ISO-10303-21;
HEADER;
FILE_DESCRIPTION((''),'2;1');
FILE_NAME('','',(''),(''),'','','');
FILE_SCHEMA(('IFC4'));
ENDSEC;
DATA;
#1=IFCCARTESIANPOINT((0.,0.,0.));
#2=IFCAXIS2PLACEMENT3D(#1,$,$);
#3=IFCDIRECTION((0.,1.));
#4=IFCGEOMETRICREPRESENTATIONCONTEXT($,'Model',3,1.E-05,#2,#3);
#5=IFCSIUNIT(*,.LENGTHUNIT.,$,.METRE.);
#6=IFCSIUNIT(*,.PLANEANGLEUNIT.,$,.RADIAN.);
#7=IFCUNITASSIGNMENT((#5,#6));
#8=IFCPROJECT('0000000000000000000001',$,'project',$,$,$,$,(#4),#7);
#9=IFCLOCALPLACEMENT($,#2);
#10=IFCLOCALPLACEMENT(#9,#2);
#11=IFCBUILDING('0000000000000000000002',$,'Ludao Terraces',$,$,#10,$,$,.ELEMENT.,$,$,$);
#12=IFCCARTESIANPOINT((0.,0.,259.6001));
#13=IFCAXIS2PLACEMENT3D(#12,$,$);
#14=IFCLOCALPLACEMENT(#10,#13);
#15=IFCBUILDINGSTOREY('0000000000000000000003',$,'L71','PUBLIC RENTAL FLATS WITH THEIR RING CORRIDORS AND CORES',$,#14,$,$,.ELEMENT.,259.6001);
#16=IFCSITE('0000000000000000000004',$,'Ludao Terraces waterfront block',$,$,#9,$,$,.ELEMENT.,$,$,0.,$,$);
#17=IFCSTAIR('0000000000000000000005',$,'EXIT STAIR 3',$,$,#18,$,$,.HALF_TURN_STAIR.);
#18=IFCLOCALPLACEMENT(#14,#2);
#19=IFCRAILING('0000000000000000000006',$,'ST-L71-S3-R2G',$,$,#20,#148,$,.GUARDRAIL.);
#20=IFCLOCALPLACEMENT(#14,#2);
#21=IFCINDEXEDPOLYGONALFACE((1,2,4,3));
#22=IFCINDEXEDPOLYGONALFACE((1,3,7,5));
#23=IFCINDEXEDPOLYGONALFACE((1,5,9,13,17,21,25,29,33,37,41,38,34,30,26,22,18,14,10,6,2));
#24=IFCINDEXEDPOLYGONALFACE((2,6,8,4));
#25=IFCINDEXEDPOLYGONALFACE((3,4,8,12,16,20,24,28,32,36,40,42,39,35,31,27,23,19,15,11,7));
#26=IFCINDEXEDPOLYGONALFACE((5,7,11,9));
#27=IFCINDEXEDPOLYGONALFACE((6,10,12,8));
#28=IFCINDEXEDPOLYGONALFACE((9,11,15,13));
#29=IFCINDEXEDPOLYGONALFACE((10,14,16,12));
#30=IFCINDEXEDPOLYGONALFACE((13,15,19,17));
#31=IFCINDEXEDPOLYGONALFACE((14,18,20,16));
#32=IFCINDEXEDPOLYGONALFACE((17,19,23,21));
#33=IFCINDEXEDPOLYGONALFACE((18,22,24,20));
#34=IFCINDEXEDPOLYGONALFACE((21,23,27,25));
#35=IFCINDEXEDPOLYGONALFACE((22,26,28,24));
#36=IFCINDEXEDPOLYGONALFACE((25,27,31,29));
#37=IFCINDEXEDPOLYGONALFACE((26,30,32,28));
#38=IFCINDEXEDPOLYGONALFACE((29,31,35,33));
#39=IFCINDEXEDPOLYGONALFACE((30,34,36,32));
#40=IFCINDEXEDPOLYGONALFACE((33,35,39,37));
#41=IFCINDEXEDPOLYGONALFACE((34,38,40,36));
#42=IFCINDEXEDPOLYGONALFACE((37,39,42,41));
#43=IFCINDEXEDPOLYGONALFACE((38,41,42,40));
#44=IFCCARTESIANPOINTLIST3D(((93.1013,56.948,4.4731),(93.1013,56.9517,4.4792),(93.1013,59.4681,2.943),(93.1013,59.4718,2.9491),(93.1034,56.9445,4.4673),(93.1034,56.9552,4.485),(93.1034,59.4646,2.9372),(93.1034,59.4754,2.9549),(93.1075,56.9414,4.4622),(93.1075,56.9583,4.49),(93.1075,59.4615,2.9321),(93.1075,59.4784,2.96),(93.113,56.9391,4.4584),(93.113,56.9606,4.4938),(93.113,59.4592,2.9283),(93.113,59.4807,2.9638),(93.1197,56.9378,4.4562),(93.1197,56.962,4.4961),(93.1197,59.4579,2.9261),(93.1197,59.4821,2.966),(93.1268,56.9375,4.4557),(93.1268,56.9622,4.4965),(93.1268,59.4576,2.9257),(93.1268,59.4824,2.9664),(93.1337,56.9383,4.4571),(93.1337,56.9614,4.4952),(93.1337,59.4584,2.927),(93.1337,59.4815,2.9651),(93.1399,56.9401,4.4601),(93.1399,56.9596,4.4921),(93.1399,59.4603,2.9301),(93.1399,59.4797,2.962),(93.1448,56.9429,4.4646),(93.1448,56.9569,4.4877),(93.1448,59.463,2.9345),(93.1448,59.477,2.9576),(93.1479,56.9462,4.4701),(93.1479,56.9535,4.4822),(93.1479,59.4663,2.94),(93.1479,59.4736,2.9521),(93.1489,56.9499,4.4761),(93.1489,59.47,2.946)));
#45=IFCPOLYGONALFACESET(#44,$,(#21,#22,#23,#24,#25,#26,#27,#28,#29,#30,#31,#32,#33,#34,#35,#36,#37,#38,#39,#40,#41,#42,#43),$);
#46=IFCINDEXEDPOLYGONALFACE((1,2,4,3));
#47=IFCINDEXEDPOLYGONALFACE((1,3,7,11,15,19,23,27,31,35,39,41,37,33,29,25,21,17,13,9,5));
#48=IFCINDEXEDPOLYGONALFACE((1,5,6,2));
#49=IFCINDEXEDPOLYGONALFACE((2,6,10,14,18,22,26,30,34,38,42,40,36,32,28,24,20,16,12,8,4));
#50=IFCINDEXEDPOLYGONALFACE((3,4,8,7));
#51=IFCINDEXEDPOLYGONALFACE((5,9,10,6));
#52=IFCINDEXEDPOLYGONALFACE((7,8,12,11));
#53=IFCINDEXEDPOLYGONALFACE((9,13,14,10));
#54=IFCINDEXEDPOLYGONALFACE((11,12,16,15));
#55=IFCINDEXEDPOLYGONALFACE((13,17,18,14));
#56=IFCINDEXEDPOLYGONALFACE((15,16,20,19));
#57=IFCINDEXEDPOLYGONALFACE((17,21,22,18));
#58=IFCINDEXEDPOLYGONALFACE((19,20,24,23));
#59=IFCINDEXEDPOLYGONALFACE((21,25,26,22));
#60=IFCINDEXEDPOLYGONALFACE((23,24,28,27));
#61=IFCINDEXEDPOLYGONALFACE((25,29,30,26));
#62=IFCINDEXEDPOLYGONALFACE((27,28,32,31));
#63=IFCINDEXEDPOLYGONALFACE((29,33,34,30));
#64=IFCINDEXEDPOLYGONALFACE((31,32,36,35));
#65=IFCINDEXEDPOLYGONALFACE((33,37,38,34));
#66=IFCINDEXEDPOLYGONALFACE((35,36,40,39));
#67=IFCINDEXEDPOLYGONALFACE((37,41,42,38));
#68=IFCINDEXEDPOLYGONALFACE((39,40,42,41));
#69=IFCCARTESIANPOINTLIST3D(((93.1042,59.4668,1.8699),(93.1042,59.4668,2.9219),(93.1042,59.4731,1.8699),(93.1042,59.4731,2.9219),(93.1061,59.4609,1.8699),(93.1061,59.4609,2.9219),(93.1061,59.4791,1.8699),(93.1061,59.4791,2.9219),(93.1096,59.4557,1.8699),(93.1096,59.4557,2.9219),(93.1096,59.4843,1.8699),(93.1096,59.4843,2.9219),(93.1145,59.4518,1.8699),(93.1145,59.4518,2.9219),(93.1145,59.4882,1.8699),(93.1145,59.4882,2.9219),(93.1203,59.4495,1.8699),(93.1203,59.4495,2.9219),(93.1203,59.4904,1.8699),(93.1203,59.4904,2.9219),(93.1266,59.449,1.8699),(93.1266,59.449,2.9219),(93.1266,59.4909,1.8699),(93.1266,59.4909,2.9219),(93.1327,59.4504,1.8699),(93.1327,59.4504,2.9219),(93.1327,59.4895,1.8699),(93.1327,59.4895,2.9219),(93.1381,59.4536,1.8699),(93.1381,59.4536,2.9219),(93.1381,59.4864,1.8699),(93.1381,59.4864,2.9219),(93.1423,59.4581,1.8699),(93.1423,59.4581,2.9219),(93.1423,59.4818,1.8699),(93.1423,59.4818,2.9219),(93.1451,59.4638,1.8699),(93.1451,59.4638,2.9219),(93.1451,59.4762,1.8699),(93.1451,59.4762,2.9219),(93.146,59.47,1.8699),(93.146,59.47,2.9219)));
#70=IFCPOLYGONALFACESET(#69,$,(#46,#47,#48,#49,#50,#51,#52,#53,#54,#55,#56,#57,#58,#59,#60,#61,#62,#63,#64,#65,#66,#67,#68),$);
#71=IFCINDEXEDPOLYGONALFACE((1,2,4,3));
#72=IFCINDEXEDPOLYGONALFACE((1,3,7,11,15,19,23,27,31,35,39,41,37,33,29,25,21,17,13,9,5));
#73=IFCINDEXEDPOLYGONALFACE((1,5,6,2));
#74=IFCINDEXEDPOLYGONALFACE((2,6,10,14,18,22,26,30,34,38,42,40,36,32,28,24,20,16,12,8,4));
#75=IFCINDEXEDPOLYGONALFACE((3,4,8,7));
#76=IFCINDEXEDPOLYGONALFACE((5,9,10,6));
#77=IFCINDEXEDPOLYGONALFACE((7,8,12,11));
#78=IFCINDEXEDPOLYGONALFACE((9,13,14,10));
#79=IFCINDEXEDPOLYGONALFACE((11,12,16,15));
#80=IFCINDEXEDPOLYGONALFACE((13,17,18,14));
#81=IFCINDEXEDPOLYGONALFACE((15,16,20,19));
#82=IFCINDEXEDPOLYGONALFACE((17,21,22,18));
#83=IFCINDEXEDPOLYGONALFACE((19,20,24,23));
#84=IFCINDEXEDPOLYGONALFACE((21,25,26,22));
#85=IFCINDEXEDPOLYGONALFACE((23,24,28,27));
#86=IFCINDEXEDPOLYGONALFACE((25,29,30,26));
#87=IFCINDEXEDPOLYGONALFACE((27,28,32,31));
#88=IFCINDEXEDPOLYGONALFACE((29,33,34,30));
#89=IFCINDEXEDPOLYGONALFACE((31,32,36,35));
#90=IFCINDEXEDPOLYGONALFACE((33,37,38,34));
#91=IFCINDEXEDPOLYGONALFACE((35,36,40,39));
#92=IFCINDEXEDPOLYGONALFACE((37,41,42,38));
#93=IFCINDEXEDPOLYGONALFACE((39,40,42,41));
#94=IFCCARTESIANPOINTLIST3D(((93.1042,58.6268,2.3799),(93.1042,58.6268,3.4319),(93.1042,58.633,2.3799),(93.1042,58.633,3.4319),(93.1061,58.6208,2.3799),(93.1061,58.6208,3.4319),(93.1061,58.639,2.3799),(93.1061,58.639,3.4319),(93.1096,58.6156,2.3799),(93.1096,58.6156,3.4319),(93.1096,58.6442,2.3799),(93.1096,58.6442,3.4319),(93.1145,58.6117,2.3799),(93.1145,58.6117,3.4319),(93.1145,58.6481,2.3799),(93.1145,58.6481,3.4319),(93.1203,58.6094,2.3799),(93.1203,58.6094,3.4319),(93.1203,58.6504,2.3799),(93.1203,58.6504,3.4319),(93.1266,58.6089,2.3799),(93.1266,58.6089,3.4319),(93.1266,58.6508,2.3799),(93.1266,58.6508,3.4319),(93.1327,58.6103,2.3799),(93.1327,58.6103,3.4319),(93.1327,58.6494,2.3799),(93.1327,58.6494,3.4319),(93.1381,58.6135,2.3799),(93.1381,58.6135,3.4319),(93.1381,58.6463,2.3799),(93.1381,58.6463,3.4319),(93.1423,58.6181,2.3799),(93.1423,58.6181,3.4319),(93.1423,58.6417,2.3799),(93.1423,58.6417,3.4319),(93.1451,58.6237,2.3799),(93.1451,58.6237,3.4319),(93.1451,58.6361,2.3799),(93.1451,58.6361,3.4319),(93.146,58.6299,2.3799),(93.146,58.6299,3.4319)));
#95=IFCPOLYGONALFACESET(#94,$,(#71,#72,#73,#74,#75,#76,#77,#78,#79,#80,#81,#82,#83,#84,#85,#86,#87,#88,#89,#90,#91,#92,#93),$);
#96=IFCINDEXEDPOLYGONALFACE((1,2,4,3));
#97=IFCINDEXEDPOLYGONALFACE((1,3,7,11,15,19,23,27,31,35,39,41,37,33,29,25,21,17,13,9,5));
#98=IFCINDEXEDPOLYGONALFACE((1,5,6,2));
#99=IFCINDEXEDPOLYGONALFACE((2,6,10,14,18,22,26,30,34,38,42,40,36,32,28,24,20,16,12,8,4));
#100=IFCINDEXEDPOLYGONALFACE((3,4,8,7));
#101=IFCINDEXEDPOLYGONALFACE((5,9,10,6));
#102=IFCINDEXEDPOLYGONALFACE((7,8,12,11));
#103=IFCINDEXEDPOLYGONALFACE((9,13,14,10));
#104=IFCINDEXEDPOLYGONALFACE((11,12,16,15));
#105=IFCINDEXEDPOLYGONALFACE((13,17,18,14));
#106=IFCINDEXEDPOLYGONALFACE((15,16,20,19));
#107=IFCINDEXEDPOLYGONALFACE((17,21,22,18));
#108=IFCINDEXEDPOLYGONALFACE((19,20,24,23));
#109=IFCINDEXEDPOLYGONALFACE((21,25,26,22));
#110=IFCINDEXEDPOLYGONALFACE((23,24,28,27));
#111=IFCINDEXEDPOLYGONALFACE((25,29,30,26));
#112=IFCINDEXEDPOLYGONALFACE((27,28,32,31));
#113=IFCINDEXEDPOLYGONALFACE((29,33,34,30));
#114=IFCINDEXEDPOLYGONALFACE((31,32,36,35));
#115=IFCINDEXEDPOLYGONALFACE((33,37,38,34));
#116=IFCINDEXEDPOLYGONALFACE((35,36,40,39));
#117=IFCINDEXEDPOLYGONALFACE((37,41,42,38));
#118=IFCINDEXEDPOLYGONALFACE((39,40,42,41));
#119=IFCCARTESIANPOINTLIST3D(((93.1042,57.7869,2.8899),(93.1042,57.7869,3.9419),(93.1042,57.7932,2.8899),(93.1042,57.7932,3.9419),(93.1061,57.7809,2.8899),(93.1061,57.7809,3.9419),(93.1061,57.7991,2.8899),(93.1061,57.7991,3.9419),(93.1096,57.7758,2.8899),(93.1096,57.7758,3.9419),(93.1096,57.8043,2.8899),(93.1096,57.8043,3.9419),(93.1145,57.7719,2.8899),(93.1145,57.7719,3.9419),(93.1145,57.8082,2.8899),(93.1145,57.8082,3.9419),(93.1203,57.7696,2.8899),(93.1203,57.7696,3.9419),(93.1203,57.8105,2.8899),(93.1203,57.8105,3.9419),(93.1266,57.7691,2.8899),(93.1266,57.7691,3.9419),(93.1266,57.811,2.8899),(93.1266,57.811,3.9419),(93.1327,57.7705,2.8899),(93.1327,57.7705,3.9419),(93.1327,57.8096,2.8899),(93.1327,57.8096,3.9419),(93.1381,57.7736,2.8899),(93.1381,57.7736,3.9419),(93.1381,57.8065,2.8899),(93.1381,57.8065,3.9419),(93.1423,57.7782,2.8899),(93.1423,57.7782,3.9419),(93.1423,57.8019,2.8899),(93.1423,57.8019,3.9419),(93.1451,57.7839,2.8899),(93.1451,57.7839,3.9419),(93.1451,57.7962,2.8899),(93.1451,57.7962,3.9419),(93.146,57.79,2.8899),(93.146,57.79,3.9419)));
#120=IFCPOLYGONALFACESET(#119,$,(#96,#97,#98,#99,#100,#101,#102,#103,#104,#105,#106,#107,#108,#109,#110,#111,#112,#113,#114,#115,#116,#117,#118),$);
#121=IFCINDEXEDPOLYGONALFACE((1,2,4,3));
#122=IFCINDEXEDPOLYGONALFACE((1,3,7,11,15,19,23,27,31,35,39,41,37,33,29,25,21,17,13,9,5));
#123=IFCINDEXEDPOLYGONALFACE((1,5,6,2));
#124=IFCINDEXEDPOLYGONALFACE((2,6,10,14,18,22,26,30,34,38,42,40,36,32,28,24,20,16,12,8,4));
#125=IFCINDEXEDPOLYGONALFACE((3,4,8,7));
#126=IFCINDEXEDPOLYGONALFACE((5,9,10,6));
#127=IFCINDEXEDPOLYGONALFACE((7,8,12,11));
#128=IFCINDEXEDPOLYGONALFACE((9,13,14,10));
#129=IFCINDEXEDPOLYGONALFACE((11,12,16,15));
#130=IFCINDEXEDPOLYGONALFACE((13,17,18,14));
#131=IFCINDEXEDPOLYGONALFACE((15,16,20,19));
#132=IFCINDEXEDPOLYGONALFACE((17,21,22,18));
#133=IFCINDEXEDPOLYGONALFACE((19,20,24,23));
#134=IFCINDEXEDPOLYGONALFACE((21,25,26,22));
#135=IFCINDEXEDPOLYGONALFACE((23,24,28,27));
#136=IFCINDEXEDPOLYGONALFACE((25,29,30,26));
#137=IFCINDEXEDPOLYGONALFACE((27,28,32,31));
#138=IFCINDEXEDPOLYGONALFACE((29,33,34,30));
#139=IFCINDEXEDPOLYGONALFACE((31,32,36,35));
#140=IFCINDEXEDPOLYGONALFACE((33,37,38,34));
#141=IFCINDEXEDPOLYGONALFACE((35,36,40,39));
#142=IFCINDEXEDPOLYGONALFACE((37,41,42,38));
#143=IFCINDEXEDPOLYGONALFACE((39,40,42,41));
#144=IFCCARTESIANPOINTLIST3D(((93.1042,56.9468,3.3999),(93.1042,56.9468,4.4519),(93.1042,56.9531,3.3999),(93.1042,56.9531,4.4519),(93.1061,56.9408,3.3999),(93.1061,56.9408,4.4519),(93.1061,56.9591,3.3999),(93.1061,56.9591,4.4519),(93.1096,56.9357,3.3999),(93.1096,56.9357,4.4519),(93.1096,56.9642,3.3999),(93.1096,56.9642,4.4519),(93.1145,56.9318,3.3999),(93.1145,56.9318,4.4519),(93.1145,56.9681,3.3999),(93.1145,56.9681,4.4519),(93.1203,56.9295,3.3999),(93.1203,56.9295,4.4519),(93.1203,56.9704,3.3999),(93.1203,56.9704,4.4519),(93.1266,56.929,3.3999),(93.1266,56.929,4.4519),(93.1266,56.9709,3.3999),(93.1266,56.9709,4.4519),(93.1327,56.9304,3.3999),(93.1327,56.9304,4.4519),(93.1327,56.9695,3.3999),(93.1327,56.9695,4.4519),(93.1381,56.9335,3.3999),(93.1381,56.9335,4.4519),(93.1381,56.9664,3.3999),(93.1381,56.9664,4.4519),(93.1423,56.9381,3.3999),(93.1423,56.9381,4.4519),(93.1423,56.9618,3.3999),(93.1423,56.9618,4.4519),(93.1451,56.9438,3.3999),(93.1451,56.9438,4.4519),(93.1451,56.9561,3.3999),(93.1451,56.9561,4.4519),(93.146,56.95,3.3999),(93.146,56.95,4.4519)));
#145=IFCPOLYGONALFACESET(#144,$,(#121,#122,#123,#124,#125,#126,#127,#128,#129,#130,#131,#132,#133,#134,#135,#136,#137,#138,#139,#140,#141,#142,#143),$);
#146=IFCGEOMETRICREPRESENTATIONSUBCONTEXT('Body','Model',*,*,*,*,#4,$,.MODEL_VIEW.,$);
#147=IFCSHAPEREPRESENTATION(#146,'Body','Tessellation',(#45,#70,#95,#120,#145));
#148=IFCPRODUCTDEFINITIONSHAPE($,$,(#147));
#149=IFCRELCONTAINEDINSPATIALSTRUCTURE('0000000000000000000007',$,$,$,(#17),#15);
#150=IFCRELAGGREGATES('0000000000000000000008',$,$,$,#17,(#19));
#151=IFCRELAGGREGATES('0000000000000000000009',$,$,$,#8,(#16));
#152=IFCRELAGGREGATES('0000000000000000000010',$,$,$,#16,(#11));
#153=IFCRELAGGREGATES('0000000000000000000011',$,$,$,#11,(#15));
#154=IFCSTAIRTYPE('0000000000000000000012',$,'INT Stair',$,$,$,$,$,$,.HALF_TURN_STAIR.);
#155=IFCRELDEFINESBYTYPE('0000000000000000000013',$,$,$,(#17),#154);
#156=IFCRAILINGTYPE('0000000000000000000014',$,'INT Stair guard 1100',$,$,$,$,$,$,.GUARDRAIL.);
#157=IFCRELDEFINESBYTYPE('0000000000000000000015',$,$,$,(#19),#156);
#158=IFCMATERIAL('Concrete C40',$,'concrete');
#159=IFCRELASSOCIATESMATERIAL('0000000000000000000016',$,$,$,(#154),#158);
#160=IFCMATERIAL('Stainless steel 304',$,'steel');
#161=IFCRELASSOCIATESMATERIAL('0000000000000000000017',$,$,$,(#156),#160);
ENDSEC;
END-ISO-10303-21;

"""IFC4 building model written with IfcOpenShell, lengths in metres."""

from ifc_helpers import new_model, si_unit, direction, frame, origin, origin_2d, place, context, subcontext, project, spatial, circle, extrude, material, type_object, element, aggregate, save


model = new_model("IFC4")

# Units and contexts
model_context = context("Model", 3, precision=1e-05, world=origin(), true_north=direction((0.0, 1.0)))
body_context = subcontext(model_context, "Body", "Model", "MODEL_VIEW")
ifc_project = project(units=[si_unit("LENGTHUNIT", "METRE"), si_unit("PLANEANGLEUNIT", "RADIAN")], contexts=[model_context])

# Site, building, storey
site_placement = place(None, origin())
site = spatial("IfcSite", under=ifc_project, at=site_placement, Name="Ludao Terraces waterfront block", CompositionType="ELEMENT", RefElevation=0.0)
building_placement = place(site_placement, origin())
building = spatial("IfcBuilding", under=site, at=building_placement, Name="Ludao Terraces", CompositionType="ELEMENT")
storey_placement = place(building_placement, frame((0.0, 0.0, 259.6001)))
storey = spatial("IfcBuildingStorey", under=building, at=storey_placement, Name="L71", Description="PUBLIC RENTAL FLATS WITH THEIR RING CORRIDORS AND CORES", CompositionType="ELEMENT", Elevation=259.6001)

# Shared definitions
ifc_material_1 = material(Name="Concrete C40", Category="concrete")

# Stair, railing
stair_type = type_object("IfcStairType", Name="INT Stair", PredefinedType="HALF_TURN_STAIR", material=ifc_material_1)
stair_placement = place(storey_placement, origin())
stair = element("IfcStair", 1, at=stair_placement, inside=storey, type_object=stair_type, Name="EXIT STAIR 3", PredefinedType="HALF_TURN_STAIR")
ifc_material_2 = material(Name="Stainless steel 304", Category="steel")
railing_type_1 = type_object("IfcRailingType", Name="INT Stair guard 1100", PredefinedType="GUARDRAIL", material=ifc_material_2)
railing_1_placement = place(storey_placement, frame((93.125, 59.47, 1.8699)))
railing_1 = element("IfcRailing", 2, at=railing_1_placement, type_object=railing_type_1, Name="ST-L71-S3-R2G", PredefinedType="GUARDRAIL", context=body_context, shape_type="SweptSolid", body=[
    extrude(circle(Radius=0.0239, at=origin_2d()), frame((0.0, 0.0, 1.0762), z_axis=(0.0, -0.854785, 0.518982), x_axis=(1.0, 0.0, 0.0)), (0.0, 0.0, 1.0), 2.9482),
    extrude(circle(Radius=0.021, at=origin_2d()), origin(), (0.0, 0.0, 1.0), 1.052),
    extrude(circle(Radius=0.021, at=origin_2d()), frame((0.0, -0.8401, 0.51)), (0.0, 0.0, 1.0), 1.052),
    extrude(circle(Radius=0.021, at=origin_2d()), frame((0.0, -1.6799, 1.02)), (0.0, 0.0, 1.0), 1.052),
    extrude(circle(Radius=0.021, at=origin_2d()), frame((0.0, -2.52, 1.53)), (0.0, 0.0, 1.0), 1.052),
])
aggregate(stair, [railing_1])

save(model, "model.ifc")
